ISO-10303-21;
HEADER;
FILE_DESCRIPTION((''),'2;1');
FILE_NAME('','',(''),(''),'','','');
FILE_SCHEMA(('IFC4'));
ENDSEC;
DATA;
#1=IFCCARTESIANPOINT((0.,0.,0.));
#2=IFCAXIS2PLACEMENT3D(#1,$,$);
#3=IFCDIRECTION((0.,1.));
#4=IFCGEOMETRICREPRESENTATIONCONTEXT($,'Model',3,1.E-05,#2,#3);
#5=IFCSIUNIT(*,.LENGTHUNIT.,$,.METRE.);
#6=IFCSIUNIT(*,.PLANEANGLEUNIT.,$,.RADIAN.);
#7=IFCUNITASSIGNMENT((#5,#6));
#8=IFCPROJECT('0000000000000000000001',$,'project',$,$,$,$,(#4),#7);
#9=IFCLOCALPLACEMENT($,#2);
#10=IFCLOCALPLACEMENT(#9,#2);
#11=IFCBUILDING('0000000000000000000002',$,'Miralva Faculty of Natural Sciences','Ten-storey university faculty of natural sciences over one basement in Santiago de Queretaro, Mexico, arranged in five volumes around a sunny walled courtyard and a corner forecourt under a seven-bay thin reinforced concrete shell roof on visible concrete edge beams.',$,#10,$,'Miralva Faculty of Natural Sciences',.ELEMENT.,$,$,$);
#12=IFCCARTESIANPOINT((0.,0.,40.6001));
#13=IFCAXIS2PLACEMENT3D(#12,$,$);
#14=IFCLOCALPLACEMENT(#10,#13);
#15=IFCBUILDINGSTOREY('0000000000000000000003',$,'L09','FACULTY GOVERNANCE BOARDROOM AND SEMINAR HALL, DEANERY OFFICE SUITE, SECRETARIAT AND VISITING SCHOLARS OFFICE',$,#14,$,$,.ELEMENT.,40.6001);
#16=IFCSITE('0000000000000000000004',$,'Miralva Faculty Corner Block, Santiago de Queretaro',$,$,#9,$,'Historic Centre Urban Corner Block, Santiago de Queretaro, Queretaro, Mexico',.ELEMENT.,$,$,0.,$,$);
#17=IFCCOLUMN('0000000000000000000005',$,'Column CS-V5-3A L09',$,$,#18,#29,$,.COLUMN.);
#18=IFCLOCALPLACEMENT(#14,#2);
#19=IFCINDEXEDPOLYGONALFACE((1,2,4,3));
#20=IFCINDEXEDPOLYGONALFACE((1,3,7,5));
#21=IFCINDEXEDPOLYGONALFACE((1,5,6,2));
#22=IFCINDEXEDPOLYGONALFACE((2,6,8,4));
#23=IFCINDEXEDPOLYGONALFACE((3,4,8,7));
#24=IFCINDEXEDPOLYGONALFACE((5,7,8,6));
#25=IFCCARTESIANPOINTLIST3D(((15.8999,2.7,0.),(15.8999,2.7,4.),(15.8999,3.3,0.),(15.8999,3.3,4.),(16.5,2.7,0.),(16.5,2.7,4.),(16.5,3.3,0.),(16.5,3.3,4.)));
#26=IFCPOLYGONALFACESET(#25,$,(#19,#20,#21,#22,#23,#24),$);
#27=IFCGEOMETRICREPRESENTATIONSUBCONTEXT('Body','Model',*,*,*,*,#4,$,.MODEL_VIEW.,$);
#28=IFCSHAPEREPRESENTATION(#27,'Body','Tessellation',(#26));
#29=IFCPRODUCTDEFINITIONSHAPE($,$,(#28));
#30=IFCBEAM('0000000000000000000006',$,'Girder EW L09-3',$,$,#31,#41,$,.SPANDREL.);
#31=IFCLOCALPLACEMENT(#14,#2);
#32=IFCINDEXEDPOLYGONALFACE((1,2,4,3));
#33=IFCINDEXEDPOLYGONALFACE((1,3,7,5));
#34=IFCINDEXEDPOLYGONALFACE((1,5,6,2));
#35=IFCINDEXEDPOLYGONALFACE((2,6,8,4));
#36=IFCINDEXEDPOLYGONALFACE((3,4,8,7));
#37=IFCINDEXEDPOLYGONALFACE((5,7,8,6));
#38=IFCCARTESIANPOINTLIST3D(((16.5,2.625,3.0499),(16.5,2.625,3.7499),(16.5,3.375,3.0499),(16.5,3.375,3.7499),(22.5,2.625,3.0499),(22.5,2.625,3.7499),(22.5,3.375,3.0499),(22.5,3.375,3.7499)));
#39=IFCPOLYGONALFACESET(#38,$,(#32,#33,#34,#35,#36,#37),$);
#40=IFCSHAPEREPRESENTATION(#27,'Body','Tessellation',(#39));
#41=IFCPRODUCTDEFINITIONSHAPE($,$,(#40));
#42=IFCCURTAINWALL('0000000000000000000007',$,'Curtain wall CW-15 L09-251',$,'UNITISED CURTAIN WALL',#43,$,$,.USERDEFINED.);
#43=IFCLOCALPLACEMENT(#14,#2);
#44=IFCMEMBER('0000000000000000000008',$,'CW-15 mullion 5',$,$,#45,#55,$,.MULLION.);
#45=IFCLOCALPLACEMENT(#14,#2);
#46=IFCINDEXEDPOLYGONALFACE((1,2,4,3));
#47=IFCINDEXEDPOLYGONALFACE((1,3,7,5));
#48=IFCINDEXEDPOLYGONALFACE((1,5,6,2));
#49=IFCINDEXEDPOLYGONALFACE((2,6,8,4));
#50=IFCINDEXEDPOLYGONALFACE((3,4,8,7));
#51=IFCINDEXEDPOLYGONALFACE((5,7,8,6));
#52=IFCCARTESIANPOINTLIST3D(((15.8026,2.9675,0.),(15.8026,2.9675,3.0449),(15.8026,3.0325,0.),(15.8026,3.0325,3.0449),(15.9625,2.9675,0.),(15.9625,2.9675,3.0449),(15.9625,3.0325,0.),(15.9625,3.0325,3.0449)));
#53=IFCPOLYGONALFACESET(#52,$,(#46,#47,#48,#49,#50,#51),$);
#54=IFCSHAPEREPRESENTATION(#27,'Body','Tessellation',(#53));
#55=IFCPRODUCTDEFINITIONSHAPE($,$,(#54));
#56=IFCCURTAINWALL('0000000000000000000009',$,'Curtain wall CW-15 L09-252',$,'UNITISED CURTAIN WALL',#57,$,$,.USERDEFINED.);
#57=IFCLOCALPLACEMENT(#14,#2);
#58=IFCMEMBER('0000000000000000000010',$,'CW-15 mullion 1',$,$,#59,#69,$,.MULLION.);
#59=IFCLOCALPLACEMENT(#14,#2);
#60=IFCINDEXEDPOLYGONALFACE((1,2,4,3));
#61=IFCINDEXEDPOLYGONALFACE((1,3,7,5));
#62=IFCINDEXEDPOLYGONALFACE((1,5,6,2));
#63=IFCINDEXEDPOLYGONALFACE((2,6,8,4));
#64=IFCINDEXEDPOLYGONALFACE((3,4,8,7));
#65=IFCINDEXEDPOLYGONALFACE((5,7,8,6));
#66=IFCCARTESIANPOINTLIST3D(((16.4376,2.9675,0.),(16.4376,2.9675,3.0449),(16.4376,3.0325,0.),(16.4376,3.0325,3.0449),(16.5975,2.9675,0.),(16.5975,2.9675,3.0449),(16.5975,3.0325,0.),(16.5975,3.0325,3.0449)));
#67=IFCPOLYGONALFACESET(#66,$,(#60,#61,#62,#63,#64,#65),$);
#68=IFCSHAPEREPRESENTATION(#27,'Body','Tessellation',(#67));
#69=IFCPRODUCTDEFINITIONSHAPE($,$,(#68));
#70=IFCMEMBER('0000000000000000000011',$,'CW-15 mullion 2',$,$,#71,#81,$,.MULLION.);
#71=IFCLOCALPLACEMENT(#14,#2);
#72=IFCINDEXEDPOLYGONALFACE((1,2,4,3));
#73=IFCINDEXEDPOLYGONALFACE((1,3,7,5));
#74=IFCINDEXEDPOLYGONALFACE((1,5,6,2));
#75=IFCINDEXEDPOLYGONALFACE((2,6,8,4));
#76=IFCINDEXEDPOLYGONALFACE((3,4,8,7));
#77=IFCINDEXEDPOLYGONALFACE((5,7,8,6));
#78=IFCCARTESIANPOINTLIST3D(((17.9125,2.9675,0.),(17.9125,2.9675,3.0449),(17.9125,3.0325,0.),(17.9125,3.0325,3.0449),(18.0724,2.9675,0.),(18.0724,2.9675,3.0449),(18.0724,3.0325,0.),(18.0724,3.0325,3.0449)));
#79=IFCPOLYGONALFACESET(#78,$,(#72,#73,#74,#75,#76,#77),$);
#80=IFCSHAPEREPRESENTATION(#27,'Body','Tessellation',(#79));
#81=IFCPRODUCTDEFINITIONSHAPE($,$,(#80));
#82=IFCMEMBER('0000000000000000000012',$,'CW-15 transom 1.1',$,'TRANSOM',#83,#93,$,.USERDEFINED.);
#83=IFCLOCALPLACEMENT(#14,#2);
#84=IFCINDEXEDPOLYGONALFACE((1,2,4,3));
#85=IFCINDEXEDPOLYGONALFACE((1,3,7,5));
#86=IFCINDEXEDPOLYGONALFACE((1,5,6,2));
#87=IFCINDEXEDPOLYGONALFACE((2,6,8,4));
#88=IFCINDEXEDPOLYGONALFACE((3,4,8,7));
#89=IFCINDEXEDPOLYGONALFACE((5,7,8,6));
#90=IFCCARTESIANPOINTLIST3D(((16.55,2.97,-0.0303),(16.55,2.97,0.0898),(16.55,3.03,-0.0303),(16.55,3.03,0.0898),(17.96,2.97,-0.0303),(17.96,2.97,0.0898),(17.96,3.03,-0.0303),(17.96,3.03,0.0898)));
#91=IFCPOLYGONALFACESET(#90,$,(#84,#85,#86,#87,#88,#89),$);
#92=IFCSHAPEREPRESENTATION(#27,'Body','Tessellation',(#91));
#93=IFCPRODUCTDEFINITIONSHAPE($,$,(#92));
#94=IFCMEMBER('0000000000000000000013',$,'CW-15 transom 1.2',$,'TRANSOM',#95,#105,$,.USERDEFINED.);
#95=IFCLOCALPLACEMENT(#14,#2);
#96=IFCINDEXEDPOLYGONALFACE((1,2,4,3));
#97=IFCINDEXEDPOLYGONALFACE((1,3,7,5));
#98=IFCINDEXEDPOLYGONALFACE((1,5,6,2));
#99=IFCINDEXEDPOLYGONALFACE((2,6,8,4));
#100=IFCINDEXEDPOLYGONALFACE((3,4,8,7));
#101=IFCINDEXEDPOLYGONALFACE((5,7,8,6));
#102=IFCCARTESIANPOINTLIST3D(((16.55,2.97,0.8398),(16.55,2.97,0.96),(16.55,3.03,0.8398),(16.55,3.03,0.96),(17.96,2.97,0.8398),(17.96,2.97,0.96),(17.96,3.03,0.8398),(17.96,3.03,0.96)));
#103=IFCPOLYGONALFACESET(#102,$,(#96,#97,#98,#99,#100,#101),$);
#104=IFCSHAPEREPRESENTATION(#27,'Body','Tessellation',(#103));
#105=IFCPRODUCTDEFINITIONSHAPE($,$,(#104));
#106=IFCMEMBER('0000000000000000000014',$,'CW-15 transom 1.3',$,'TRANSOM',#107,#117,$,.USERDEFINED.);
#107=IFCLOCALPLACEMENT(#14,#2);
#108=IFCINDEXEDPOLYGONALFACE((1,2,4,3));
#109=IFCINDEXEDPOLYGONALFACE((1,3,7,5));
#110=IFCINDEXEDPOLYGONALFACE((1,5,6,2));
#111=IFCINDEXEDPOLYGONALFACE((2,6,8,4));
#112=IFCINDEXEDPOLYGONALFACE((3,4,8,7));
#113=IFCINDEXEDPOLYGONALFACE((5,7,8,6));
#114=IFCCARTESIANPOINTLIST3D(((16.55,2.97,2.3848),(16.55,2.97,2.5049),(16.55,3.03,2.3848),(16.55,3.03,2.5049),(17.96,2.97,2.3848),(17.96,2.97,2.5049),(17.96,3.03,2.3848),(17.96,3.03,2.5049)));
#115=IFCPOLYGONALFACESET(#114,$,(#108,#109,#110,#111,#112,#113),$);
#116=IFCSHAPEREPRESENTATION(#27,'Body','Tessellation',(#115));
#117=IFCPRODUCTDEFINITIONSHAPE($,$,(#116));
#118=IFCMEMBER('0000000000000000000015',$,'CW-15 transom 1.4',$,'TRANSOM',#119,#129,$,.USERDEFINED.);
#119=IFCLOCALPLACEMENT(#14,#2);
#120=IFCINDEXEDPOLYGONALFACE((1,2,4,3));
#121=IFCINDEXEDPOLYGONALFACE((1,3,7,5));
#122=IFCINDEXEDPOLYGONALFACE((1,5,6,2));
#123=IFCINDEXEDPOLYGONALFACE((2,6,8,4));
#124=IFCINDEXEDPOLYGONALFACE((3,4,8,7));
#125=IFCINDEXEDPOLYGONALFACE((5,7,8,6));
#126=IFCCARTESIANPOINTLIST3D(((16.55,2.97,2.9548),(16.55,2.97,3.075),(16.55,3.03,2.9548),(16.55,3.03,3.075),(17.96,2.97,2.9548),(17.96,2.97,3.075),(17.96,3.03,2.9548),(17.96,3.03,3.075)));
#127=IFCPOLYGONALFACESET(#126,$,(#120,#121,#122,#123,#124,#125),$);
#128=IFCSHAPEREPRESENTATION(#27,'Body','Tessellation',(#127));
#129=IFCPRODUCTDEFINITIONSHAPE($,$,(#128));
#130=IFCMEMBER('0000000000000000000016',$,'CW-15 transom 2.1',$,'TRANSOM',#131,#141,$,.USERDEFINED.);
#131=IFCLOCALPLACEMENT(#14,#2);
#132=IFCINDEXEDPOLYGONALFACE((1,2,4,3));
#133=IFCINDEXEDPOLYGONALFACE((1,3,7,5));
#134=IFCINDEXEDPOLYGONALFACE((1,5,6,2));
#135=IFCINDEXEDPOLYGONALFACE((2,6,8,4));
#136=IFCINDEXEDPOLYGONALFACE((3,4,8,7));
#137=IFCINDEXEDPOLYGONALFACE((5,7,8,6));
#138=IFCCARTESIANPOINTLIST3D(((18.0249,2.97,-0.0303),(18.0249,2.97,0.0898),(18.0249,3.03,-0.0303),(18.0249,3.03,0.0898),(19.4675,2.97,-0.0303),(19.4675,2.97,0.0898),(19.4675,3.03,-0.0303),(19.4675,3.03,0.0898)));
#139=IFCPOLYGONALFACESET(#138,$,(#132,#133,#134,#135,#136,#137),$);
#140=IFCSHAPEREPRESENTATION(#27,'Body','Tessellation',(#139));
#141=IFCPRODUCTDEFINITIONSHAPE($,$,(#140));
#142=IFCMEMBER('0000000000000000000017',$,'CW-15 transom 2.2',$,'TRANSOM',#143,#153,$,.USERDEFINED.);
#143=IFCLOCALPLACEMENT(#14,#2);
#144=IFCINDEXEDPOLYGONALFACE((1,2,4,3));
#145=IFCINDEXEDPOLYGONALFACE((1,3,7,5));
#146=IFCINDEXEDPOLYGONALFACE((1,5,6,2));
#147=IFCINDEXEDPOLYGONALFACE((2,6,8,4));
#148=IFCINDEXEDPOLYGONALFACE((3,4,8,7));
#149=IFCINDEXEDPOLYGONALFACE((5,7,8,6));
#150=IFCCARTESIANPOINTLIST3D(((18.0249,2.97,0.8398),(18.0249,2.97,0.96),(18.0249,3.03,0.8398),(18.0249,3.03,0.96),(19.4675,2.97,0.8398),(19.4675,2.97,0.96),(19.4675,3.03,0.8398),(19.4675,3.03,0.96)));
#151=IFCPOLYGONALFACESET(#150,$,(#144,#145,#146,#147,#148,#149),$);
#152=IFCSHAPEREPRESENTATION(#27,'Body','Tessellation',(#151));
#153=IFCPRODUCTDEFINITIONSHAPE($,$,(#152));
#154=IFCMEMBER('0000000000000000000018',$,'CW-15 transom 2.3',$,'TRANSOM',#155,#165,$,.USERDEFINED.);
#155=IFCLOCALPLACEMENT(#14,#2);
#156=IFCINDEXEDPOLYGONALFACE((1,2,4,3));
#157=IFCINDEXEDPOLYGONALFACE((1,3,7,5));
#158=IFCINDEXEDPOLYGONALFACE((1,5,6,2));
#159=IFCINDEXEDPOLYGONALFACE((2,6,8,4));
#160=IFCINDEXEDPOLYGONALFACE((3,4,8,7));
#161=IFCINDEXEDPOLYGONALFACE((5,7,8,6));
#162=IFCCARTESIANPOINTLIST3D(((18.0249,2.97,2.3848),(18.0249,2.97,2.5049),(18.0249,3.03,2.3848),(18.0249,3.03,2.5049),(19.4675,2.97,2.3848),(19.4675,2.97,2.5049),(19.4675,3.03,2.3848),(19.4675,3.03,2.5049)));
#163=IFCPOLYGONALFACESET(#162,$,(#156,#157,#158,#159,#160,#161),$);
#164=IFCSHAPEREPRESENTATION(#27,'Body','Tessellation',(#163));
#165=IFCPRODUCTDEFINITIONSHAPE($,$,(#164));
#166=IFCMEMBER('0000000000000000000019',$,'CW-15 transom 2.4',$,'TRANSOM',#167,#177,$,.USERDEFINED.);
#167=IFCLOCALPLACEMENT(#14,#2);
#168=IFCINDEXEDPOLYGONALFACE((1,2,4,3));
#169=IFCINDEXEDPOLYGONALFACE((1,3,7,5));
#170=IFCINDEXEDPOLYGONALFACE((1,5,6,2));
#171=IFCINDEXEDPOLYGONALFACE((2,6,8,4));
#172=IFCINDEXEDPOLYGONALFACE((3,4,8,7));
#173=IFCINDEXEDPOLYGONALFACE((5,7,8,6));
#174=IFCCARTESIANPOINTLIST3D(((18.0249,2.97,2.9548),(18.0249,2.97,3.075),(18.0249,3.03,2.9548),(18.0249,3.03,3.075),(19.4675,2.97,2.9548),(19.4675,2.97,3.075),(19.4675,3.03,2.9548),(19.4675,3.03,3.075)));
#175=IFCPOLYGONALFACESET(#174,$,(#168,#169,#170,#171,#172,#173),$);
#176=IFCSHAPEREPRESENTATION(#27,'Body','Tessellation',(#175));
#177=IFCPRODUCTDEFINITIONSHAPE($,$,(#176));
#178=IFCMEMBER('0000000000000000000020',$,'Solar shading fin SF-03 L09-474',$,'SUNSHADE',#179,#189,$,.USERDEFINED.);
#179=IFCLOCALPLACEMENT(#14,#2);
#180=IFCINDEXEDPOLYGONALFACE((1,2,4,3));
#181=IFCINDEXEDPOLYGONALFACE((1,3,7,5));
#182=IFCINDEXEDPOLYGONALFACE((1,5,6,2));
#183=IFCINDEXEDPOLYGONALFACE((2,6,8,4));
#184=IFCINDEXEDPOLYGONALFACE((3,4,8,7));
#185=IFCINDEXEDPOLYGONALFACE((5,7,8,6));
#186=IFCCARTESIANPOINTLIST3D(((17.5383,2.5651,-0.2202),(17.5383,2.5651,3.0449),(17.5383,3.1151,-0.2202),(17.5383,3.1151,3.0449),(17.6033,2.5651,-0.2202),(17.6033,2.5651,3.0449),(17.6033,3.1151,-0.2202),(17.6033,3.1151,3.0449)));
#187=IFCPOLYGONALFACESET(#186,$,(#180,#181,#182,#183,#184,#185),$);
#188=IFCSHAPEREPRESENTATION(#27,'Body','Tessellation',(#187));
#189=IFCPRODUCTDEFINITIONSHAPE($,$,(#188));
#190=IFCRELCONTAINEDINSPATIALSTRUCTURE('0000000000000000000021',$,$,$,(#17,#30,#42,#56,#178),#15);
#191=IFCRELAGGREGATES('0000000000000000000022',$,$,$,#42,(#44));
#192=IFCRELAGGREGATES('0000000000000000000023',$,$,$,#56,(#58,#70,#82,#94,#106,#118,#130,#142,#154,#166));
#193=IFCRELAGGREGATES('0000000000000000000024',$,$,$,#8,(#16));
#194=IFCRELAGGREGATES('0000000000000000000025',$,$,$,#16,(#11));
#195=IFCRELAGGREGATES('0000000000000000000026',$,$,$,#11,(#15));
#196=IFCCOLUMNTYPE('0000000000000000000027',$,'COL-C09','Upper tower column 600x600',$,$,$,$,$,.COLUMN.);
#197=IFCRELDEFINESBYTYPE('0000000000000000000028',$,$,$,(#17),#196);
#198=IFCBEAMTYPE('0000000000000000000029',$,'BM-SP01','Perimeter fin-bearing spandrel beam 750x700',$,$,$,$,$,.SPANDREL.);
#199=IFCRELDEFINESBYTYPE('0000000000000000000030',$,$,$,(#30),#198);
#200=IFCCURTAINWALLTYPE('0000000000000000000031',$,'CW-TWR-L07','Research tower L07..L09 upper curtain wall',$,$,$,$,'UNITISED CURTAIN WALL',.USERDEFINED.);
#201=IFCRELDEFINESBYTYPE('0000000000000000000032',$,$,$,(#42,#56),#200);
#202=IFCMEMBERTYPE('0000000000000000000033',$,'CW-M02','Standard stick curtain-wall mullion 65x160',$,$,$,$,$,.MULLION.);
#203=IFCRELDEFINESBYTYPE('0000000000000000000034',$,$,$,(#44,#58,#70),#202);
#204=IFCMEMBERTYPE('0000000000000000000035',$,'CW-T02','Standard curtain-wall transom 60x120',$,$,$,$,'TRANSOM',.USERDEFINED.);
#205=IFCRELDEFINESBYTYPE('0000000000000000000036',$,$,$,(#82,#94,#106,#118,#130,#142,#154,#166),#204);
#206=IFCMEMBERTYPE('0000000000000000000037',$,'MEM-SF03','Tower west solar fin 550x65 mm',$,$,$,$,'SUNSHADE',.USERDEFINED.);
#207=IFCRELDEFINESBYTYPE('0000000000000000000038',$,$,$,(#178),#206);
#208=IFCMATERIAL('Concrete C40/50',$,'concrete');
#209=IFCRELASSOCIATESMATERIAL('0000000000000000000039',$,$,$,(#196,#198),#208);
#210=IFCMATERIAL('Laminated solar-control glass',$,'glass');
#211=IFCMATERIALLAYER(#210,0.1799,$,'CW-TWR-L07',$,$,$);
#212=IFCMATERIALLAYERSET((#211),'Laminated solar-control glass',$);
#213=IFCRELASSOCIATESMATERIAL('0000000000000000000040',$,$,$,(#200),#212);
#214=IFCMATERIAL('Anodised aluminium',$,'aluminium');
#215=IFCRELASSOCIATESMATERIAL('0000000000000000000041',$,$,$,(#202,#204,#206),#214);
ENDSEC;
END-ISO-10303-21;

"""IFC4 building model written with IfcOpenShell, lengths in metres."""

from ifc_helpers import new_model, si_unit, direction, frame, origin, origin_2d, place, context, subcontext, project, spatial, rectangle, extrude, material, layer, layer_set, material_profile, profile_set, type_object, element, aggregate, save


model = new_model("IFC4")

# Units and contexts
model_context = context("Model", 3, precision=1e-05, world=origin(), true_north=direction((0.0, 1.0)))
body_context = subcontext(model_context, "Body", "Model", "MODEL_VIEW")
ifc_project = project(units=[si_unit("LENGTHUNIT", "METRE"), si_unit("PLANEANGLEUNIT", "RADIAN")], contexts=[model_context])

# Site, building, storey
site_placement = place(None, origin())
site = spatial("IfcSite", under=ifc_project, at=site_placement, Name="Miralva Faculty Corner Block, Santiago de Queretaro", LongName="Historic Centre Urban Corner Block, Santiago de Queretaro, Queretaro, Mexico", CompositionType="ELEMENT", RefElevation=0.0)
building_placement = place(site_placement, origin())
building = spatial("IfcBuilding", under=site, at=building_placement, Name="Miralva Faculty of Natural Sciences", Description="Ten-storey university faculty of natural sciences over one basement in Santiago de Queretaro, Mexico, arranged in five volumes around a sunny walled courtyard and a corner forecourt under a seven-bay thin reinforced concrete shell roof on visible concrete edge beams.", LongName="Miralva Faculty of Natural Sciences", CompositionType="ELEMENT")
storey_placement = place(building_placement, frame((0.0, 0.0, 40.6001)))
storey = spatial("IfcBuildingStorey", under=building, at=storey_placement, Name="L09", Description="FACULTY GOVERNANCE BOARDROOM AND SEMINAR HALL, DEANERY OFFICE SUITE, SECRETARIAT AND VISITING SCHOLARS OFFICE", CompositionType="ELEMENT", Elevation=40.6001)

# Column
ifc_material_1 = material(Name="Concrete C40/50", Category="concrete")
ifc_material_profile_1 = material_profile(ifc_material_1, rectangle(XDim=0.6001, YDim=0.6001, at=origin_2d()), Name="RC 600x600")
ifc_profile_set_1 = profile_set([ifc_material_profile_1], Name="Concrete C40/50")
column_type = type_object("IfcColumnType", Name="COL-C09", Description="Upper tower column 600x600", PredefinedType="COLUMN", material=ifc_profile_set_1)
column_placement = place(storey_placement, frame((16.2, 3.0, 0.0), z_axis=(0.0, 0.0, 1.0), x_axis=(1.0, 0.0, 0.0)))
element("IfcColumn", 1, at=column_placement, inside=storey, type_object=column_type, Name="Column CS-V5-3A L09", PredefinedType="COLUMN", context=body_context, shape_type="SweptSolid", body=[
    extrude(rectangle(XDim=0.6001, YDim=0.6001, at=origin_2d()), origin(), (0.0, 0.0, 1.0), 4.0),
])

# Beam
ifc_material_profile_2 = material_profile(ifc_material_1, rectangle(XDim=0.75, YDim=0.7, at=origin_2d()), Name="RC 750x700")
ifc_profile_set_2 = profile_set([ifc_material_profile_2], Name="Concrete C40/50")
beam_type = type_object("IfcBeamType", Name="BM-SP01", Description="Perimeter fin-bearing spandrel beam 750x700", PredefinedType="SPANDREL", material=ifc_profile_set_2)
beam_placement = place(storey_placement, frame((16.5, 3.0, 3.3999), z_axis=(1.0, 0.0, 0.0), x_axis=(0.0, 1.0, 0.0)))
element("IfcBeam", 2, at=beam_placement, inside=storey, type_object=beam_type, Name="Girder EW L09-3", PredefinedType="SPANDREL", context=body_context, shape_type="SweptSolid", body=[
    extrude(rectangle(XDim=0.75, YDim=0.7, at=origin_2d()), origin(), (0.0, 0.0, 1.0), 6.0),
])

# Curtain wall, member
ifc_material_2 = material(Name="Laminated solar-control glass", Category="glass")
ifc_layer_1 = layer(ifc_material_2, 0.1799, Name="CW-TWR-L07")
ifc_layer_set_1 = layer_set([ifc_layer_1], Name="Laminated solar-control glass")
curtain_wall_type = type_object("IfcCurtainWallType", Name="CW-TWR-L07", Description="Research tower L07..L09 upper curtain wall", ElementType="UNITISED CURTAIN WALL", PredefinedType="USERDEFINED", material=ifc_layer_set_1)
curtain_wall_1_placement = place(storey_placement, origin())
curtain_wall_1 = element("IfcCurtainWall", 3, at=curtain_wall_1_placement, inside=storey, type_object=curtain_wall_type, Name="Curtain wall CW-15 L09-251", ObjectType="UNITISED CURTAIN WALL", PredefinedType="USERDEFINED")
ifc_material_3 = material(Name="Anodised aluminium", Category="aluminium")
ifc_material_profile_3 = material_profile(ifc_material_3, rectangle(XDim=0.0649, YDim=0.1599, at=origin_2d()), Name="MULLION 65x160")
ifc_profile_set_3 = profile_set([ifc_material_profile_3], Name="Anodised aluminium")
member_type_1 = type_object("IfcMemberType", Name="CW-M02", Description="Standard stick curtain-wall mullion 65x160", PredefinedType="MULLION", material=ifc_profile_set_3)
member_1_placement = place(storey_placement, frame((15.8826, 3.0, 0.0), z_axis=(0.0, 0.0, 1.0), x_axis=(0.0, 1.0, 0.0)))
member_1 = element("IfcMember", 4, at=member_1_placement, type_object=member_type_1, Name="CW-15 mullion 5", PredefinedType="MULLION", context=body_context, shape_type="SweptSolid", body=[
    extrude(rectangle(XDim=0.0649, YDim=0.1599, at=origin_2d()), origin(), (0.0, 0.0, 1.0), 3.0449),
])

# Curtain wall, members
curtain_wall_2_placement = place(storey_placement, origin())
curtain_wall_2 = element("IfcCurtainWall", 5, at=curtain_wall_2_placement, inside=storey, type_object=curtain_wall_type, Name="Curtain wall CW-15 L09-252", ObjectType="UNITISED CURTAIN WALL", PredefinedType="USERDEFINED")
member_2_placement = place(storey_placement, frame((16.5176, 3.0, 0.0), z_axis=(0.0, 0.0, 1.0), x_axis=(0.0, 1.0, 0.0)))
member_2 = element("IfcMember", 6, at=member_2_placement, type_object=member_type_1, Name="CW-15 mullion 1", PredefinedType="MULLION", context=body_context, shape_type="SweptSolid", body=[
    extrude(rectangle(XDim=0.0649, YDim=0.1599, at=origin_2d()), origin(), (0.0, 0.0, 1.0), 3.0449),
])
member_3_placement = place(storey_placement, frame((17.9924, 3.0, 0.0), z_axis=(0.0, 0.0, 1.0), x_axis=(0.0, 1.0, 0.0)))
member_3 = element("IfcMember", 7, at=member_3_placement, type_object=member_type_1, Name="CW-15 mullion 2", PredefinedType="MULLION", context=body_context, shape_type="SweptSolid", body=[
    extrude(rectangle(XDim=0.0649, YDim=0.1599, at=origin_2d()), origin(), (0.0, 0.0, 1.0), 3.0449),
])
ifc_material_profile_4 = material_profile(ifc_material_3, rectangle(XDim=0.0601, YDim=0.1201, at=origin_2d()), Name="TRANSOM 60x120")
ifc_profile_set_4 = profile_set([ifc_material_profile_4], Name="Anodised aluminium")
member_type_2 = type_object("IfcMemberType", Name="CW-T02", Description="Standard curtain-wall transom 60x120", ElementType="TRANSOM", PredefinedType="USERDEFINED", material=ifc_profile_set_4)
member_4_placement = place(storey_placement, frame((16.55, 3.0, 0.0298), z_axis=(1.0, 0.0, 0.0), x_axis=(0.0, 1.0, 0.0)))
member_4 = element("IfcMember", 8, at=member_4_placement, type_object=member_type_2, Name="CW-15 transom 1.1", ObjectType="TRANSOM", PredefinedType="USERDEFINED", context=body_context, shape_type="SweptSolid", body=[
    extrude(rectangle(XDim=0.0601, YDim=0.1201, at=origin_2d()), origin(), (0.0, 0.0, 1.0), 1.4099),
])
member_5_placement = place(storey_placement, frame((16.55, 3.0, 0.8999), z_axis=(1.0, 0.0, 0.0), x_axis=(0.0, 1.0, 0.0)))
member_5 = element("IfcMember", 9, at=member_5_placement, type_object=member_type_2, Name="CW-15 transom 1.2", ObjectType="TRANSOM", PredefinedType="USERDEFINED", context=body_context, shape_type="SweptSolid", body=[
    extrude(rectangle(XDim=0.0601, YDim=0.1201, at=origin_2d()), origin(), (0.0, 0.0, 1.0), 1.4099),
])
member_6_placement = place(storey_placement, frame((16.55, 3.0, 2.4448), z_axis=(1.0, 0.0, 0.0), x_axis=(0.0, 1.0, 0.0)))
member_6 = element("IfcMember", 10, at=member_6_placement, type_object=member_type_2, Name="CW-15 transom 1.3", ObjectType="TRANSOM", PredefinedType="USERDEFINED", context=body_context, shape_type="SweptSolid", body=[
    extrude(rectangle(XDim=0.0601, YDim=0.1201, at=origin_2d()), origin(), (0.0, 0.0, 1.0), 1.4099),
])
member_7_placement = place(storey_placement, frame((16.55, 3.0, 3.0149), z_axis=(1.0, 0.0, 0.0), x_axis=(0.0, 1.0, 0.0)))
member_7 = element("IfcMember", 11, at=member_7_placement, type_object=member_type_2, Name="CW-15 transom 1.4", ObjectType="TRANSOM", PredefinedType="USERDEFINED", context=body_context, shape_type="SweptSolid", body=[
    extrude(rectangle(XDim=0.0601, YDim=0.1201, at=origin_2d()), origin(), (0.0, 0.0, 1.0), 1.4099),
])
member_8_placement = place(storey_placement, frame((18.0249, 3.0, 0.0298), z_axis=(1.0, 0.0, 0.0), x_axis=(0.0, 1.0, 0.0)))
member_8 = element("IfcMember", 12, at=member_8_placement, type_object=member_type_2, Name="CW-15 transom 2.1", ObjectType="TRANSOM", PredefinedType="USERDEFINED", context=body_context, shape_type="SweptSolid", body=[
    extrude(rectangle(XDim=0.0601, YDim=0.1201, at=origin_2d()), origin(), (0.0, 0.0, 1.0), 1.4426),
])
member_9_placement = place(storey_placement, frame((18.0249, 3.0, 0.8999), z_axis=(1.0, 0.0, 0.0), x_axis=(0.0, 1.0, 0.0)))
member_9 = element("IfcMember", 13, at=member_9_placement, type_object=member_type_2, Name="CW-15 transom 2.2", ObjectType="TRANSOM", PredefinedType="USERDEFINED", context=body_context, shape_type="SweptSolid", body=[
    extrude(rectangle(XDim=0.0601, YDim=0.1201, at=origin_2d()), origin(), (0.0, 0.0, 1.0), 1.4426),
])
member_10_placement = place(storey_placement, frame((18.0249, 3.0, 2.4448), z_axis=(1.0, 0.0, 0.0), x_axis=(0.0, 1.0, 0.0)))
member_10 = element("IfcMember", 14, at=member_10_placement, type_object=member_type_2, Name="CW-15 transom 2.3", ObjectType="TRANSOM", PredefinedType="USERDEFINED", context=body_context, shape_type="SweptSolid", body=[
    extrude(rectangle(XDim=0.0601, YDim=0.1201, at=origin_2d()), origin(), (0.0, 0.0, 1.0), 1.4426),
])
member_11_placement = place(storey_placement, frame((18.0249, 3.0, 3.0149), z_axis=(1.0, 0.0, 0.0), x_axis=(0.0, 1.0, 0.0)))
member_11 = element("IfcMember", 15, at=member_11_placement, type_object=member_type_2, Name="CW-15 transom 2.4", ObjectType="TRANSOM", PredefinedType="USERDEFINED", context=body_context, shape_type="SweptSolid", body=[
    extrude(rectangle(XDim=0.0601, YDim=0.1201, at=origin_2d()), origin(), (0.0, 0.0, 1.0), 1.4426),
])

# Member
ifc_material_profile_5 = material_profile(ifc_material_3, rectangle(XDim=0.0649, YDim=0.55, at=origin_2d()), Name="FIN 550x65")
ifc_profile_set_5 = profile_set([ifc_material_profile_5], Name="Anodised aluminium")
member_type_3 = type_object("IfcMemberType", Name="MEM-SF03", Description="Tower west solar fin 550x65 mm", ElementType="SUNSHADE", PredefinedType="USERDEFINED", material=ifc_profile_set_5)
for number, where, z_axis, x_axis, name in (
    (16, (17.5708, 2.8401, -0.2202), (0.0, 0.0, 1.0), (1.0, 0.0, 0.0), "Solar shading fin SF-03 L09-474"),
):
    element("IfcMember", number, at=place(storey_placement, frame(where, z_axis=z_axis, x_axis=x_axis)), inside=storey, type_object=member_type_3, Name=name, ObjectType="SUNSHADE", PredefinedType="USERDEFINED", context=body_context, shape_type="SweptSolid", body=[
        extrude(rectangle(XDim=0.0649, YDim=0.55, at=origin_2d()), origin(), (0.0, 0.0, 1.0), 3.2651),
    ])

aggregate(curtain_wall_1, [member_1])
aggregate(curtain_wall_2, [member_2, member_3, member_4, member_5, member_6, member_7, member_8, member_9, member_10, member_11])

save(model, "model.ifc")
